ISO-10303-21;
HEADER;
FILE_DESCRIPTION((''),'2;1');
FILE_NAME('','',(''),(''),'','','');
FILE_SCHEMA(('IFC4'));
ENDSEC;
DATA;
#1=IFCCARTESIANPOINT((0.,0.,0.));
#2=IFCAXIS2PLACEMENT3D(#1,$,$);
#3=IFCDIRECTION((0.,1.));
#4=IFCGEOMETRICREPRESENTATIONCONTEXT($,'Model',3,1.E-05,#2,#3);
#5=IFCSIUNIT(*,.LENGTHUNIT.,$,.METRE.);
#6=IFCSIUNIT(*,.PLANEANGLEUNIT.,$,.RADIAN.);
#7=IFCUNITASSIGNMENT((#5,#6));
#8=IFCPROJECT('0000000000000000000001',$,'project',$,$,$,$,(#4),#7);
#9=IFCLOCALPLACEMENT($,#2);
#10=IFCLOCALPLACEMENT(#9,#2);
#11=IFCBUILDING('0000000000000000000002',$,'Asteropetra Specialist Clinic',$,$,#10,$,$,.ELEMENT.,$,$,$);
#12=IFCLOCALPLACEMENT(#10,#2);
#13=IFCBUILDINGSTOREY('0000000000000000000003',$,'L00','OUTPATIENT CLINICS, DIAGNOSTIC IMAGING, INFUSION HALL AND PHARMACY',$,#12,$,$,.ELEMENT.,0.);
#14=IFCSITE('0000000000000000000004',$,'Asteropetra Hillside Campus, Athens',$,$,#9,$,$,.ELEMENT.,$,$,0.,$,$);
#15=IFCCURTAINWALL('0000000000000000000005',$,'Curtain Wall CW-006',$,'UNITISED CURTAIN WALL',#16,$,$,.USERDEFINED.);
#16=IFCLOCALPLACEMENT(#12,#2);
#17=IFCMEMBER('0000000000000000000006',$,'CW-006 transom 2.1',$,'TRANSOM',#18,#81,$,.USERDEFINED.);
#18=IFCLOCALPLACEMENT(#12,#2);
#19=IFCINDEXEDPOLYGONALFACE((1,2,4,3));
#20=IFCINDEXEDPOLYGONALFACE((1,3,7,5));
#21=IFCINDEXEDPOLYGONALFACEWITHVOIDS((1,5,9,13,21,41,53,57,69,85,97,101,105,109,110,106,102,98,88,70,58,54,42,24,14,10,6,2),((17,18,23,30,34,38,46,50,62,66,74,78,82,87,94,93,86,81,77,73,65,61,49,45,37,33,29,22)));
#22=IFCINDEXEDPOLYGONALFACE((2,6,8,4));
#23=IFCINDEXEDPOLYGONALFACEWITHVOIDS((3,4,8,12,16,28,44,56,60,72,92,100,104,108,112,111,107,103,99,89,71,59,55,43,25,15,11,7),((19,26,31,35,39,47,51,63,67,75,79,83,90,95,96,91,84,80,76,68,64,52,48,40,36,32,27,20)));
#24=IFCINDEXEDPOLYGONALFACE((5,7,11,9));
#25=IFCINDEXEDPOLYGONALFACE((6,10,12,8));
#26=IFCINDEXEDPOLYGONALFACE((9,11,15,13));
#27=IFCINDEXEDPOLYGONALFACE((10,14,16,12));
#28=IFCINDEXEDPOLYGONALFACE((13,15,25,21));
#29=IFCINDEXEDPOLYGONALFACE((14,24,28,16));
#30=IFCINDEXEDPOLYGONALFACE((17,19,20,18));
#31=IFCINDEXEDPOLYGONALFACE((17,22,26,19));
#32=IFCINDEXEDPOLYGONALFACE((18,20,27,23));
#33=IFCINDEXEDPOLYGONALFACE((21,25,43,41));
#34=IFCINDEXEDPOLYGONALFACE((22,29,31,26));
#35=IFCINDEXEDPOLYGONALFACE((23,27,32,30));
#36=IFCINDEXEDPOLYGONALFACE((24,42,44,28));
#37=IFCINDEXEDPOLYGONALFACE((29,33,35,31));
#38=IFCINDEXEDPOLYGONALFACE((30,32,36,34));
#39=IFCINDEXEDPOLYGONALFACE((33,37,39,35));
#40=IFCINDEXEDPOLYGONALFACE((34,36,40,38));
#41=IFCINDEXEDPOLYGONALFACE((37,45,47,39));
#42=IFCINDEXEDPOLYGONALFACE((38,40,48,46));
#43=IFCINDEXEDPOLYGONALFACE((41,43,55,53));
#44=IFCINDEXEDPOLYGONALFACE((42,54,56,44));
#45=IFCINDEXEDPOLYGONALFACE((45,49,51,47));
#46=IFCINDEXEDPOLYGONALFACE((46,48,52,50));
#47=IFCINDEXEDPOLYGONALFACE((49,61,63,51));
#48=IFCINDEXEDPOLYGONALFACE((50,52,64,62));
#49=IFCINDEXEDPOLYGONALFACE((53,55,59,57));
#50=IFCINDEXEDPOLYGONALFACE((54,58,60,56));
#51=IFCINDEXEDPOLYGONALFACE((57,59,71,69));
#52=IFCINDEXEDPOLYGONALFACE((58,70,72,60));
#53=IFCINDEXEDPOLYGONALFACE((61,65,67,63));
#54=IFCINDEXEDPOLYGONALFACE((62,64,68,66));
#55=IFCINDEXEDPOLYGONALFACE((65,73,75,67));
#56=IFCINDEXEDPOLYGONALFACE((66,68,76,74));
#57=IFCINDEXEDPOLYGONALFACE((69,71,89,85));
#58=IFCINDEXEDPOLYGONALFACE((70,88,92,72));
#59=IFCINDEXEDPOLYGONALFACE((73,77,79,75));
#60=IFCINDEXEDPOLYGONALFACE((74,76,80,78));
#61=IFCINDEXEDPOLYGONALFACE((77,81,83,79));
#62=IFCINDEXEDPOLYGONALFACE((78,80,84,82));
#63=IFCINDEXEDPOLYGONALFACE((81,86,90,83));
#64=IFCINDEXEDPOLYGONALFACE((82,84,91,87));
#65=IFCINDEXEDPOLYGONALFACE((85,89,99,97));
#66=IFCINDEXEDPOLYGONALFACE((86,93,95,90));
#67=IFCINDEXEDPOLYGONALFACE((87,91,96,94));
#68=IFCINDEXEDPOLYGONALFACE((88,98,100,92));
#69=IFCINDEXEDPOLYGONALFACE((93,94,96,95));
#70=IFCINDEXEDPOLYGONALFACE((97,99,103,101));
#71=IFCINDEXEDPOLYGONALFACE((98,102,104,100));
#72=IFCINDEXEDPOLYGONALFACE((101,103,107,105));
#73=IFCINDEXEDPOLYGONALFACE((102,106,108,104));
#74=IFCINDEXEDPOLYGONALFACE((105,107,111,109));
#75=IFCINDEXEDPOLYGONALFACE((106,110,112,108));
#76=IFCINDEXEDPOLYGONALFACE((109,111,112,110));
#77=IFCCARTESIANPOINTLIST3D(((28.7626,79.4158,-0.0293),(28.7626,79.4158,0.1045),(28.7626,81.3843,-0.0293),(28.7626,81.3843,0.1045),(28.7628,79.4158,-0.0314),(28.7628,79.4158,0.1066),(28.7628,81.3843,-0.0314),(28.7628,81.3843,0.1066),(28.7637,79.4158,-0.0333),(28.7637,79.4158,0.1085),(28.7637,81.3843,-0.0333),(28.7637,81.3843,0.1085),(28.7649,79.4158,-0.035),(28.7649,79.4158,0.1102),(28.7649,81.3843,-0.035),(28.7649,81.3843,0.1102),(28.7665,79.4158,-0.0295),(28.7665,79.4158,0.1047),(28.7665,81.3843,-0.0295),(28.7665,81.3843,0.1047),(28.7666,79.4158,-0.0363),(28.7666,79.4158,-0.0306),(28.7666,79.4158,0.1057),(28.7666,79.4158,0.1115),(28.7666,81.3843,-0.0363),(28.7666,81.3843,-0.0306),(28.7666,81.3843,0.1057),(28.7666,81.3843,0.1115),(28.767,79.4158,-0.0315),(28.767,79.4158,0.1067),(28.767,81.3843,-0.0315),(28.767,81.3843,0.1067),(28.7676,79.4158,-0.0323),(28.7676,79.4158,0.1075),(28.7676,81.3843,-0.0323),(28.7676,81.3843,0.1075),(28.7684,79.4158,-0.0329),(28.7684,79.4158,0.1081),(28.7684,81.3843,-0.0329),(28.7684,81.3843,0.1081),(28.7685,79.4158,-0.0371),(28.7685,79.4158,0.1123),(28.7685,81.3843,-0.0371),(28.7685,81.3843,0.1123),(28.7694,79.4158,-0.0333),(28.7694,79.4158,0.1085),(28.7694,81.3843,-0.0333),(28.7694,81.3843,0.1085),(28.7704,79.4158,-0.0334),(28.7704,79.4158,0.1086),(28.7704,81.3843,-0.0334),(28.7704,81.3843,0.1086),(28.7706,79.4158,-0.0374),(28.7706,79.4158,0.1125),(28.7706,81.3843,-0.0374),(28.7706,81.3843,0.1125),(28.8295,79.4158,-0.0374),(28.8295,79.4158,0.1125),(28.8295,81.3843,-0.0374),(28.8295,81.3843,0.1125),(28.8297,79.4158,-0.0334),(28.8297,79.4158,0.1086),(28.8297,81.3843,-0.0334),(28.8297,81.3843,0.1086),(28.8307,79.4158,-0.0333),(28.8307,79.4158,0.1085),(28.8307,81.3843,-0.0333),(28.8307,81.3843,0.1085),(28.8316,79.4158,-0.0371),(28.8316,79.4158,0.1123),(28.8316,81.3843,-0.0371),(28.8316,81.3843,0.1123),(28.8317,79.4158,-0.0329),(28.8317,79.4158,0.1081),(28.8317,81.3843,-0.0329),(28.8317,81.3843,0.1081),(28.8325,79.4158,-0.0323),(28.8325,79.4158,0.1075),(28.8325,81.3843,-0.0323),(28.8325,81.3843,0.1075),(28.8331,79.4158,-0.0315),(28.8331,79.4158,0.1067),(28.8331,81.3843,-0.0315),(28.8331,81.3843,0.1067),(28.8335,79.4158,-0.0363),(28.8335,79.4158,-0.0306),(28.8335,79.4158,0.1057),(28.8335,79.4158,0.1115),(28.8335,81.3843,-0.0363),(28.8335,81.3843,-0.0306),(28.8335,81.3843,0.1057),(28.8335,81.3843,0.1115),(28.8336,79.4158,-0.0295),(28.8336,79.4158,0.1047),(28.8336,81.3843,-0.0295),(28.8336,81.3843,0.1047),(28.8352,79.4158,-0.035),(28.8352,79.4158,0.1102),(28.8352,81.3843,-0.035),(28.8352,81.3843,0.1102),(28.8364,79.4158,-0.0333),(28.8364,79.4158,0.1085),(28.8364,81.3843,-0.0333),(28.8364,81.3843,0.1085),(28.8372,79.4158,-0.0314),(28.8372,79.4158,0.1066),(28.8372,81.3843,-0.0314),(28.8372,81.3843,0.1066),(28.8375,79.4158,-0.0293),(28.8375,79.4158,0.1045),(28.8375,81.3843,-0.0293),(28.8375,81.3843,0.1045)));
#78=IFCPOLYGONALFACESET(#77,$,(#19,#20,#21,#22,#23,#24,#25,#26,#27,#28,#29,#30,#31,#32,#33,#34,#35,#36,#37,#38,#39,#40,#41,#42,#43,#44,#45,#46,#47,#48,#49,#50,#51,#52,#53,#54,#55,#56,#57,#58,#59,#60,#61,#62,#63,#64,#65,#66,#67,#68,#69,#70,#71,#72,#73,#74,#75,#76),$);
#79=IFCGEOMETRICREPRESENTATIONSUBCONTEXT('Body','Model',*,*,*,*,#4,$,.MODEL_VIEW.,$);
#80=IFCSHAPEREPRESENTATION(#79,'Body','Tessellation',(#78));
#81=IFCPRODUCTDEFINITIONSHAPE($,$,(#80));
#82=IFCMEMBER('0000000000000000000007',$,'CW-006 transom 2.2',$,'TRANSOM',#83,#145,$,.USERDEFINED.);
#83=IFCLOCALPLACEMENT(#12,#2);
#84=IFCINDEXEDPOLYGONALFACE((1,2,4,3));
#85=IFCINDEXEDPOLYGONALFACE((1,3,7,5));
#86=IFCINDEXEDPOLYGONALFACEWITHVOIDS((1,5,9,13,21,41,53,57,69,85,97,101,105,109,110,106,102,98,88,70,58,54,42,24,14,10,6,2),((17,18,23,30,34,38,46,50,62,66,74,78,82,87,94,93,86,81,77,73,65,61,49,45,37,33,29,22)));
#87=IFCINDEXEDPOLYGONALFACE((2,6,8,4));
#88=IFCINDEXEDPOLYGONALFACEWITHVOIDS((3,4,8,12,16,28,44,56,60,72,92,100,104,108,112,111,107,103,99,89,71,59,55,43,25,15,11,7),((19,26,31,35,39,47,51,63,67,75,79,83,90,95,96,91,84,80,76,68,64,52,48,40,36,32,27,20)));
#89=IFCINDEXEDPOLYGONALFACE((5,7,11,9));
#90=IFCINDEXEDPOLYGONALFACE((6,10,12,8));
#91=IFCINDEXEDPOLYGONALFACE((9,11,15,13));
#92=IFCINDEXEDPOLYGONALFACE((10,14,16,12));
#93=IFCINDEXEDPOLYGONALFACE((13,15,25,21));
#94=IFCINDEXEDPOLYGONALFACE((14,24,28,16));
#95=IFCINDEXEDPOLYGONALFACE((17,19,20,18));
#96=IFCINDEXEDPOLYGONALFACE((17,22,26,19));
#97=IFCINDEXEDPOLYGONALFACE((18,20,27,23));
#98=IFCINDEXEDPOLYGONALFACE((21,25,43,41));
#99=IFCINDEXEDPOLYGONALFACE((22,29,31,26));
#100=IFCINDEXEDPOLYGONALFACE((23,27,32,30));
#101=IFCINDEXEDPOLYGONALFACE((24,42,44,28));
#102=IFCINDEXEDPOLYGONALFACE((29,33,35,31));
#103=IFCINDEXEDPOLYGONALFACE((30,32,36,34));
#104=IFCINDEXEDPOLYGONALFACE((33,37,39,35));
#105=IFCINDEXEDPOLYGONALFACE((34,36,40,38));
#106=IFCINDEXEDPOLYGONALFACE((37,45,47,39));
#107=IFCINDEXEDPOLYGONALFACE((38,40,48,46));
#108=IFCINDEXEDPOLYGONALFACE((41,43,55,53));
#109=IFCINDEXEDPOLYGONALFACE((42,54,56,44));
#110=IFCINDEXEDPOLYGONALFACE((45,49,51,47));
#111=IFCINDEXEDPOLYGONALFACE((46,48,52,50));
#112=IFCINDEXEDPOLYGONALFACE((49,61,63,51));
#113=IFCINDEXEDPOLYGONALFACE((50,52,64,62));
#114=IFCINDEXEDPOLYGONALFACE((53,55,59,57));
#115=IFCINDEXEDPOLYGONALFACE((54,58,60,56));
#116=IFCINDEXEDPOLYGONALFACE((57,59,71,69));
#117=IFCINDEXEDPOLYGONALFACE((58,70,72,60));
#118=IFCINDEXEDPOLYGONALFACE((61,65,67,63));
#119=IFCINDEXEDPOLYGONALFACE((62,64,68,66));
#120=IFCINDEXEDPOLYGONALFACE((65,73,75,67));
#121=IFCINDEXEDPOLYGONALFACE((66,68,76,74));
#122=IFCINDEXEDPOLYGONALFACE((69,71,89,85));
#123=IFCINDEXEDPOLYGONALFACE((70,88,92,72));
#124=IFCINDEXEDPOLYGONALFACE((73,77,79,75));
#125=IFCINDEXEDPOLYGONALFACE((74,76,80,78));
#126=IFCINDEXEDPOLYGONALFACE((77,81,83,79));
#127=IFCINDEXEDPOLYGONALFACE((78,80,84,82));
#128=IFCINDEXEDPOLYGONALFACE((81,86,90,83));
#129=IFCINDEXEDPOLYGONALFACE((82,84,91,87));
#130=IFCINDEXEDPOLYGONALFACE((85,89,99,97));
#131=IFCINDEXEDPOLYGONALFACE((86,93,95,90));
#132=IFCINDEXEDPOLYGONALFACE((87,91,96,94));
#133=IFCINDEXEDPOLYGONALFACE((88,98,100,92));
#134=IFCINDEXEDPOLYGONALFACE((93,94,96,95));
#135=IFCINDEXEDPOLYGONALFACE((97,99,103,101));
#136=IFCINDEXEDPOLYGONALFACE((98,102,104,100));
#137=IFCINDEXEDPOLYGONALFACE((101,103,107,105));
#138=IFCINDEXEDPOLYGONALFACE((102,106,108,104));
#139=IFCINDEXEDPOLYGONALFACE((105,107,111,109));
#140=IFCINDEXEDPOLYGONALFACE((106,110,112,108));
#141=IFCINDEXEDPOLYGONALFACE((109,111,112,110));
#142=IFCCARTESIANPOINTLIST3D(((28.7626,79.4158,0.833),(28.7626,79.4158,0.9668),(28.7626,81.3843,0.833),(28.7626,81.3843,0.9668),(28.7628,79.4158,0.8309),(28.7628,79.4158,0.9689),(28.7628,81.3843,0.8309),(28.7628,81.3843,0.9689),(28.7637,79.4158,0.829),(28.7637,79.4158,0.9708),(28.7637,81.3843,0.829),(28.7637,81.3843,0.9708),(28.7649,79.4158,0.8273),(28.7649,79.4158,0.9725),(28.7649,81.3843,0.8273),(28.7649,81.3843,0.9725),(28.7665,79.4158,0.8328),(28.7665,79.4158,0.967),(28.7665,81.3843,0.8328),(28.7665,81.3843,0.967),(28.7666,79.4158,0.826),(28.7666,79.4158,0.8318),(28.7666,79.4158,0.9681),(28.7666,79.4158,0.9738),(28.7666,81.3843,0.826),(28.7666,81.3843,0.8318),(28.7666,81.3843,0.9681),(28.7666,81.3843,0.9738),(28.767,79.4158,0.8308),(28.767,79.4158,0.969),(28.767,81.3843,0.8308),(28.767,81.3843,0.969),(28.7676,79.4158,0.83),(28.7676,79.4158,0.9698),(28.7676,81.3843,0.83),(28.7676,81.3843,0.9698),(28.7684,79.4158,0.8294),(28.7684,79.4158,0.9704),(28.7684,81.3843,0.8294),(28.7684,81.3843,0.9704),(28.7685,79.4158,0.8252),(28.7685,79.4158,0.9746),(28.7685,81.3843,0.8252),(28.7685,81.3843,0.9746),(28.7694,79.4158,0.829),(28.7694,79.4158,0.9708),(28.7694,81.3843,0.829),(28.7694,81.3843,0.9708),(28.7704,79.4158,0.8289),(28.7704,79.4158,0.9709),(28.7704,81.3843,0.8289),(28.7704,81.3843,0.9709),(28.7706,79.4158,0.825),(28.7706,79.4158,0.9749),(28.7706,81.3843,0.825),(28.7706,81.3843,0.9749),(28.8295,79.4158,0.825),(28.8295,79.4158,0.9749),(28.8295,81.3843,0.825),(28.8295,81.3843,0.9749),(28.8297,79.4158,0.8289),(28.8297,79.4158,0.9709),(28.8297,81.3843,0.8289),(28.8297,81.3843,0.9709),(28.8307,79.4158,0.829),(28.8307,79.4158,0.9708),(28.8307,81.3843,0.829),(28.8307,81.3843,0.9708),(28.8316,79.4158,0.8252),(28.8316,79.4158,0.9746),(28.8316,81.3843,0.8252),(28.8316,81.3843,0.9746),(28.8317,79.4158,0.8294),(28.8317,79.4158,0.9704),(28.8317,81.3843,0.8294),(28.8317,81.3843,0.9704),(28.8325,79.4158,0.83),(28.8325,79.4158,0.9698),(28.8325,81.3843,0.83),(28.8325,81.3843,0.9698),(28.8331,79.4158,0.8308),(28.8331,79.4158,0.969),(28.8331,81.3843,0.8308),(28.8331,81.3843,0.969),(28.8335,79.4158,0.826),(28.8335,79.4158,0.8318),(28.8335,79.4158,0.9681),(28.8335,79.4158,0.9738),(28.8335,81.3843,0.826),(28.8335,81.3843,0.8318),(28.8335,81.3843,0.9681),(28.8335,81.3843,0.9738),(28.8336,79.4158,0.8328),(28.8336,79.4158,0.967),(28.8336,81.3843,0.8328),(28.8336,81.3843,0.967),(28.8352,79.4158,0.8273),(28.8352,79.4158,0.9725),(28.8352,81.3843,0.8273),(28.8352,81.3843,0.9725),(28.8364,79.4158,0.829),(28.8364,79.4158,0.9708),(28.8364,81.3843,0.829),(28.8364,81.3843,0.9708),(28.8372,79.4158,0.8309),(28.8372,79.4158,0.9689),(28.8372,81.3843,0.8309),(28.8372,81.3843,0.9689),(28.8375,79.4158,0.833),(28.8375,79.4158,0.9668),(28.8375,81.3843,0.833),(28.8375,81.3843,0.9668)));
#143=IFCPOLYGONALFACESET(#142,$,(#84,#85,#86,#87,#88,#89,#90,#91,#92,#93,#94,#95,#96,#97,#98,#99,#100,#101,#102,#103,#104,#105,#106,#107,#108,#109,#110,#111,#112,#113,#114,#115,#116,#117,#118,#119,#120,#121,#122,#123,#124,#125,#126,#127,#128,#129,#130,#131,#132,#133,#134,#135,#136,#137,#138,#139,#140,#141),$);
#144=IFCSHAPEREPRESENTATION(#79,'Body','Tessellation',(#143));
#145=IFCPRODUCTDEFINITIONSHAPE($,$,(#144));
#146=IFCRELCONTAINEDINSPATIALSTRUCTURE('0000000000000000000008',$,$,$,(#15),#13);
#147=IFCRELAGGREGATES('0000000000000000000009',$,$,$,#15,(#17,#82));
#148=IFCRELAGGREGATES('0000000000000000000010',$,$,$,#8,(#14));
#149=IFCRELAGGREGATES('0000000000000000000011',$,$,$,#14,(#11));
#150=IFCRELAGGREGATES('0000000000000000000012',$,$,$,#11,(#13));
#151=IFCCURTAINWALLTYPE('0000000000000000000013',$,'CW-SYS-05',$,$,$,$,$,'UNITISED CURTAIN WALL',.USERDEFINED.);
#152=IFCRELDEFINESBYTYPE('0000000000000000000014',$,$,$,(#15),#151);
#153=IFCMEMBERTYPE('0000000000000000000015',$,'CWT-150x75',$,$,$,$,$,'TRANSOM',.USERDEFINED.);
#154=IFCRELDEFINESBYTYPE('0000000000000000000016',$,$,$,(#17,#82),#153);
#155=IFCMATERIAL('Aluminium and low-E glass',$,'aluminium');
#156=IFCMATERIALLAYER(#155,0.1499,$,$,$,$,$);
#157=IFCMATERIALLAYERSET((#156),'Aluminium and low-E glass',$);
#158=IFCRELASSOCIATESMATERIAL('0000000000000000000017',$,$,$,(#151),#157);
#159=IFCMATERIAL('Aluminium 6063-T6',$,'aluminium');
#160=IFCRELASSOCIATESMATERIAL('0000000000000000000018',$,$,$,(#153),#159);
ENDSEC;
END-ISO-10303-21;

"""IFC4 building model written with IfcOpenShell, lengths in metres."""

from ifc_helpers import new_model, si_unit, direction, frame, origin, origin_2d, place, context, subcontext, project, spatial, hollow_rectangle, extrude, material, layer, layer_set, material_profile, profile_set, type_object, element, aggregate, save


model = new_model("IFC4")

# Units and contexts
model_context = context("Model", 3, precision=1e-05, world=origin(), true_north=direction((0.0, 1.0)))
body_context = subcontext(model_context, "Body", "Model", "MODEL_VIEW")
ifc_project = project(units=[si_unit("LENGTHUNIT", "METRE"), si_unit("PLANEANGLEUNIT", "RADIAN")], contexts=[model_context])

# Site, building, storey
site_placement = place(None, origin())
site = spatial("IfcSite", under=ifc_project, at=site_placement, Name="Asteropetra Hillside Campus, Athens", CompositionType="ELEMENT", RefElevation=0.0)
building_placement = place(site_placement, origin())
building = spatial("IfcBuilding", under=site, at=building_placement, Name="Asteropetra Specialist Clinic", CompositionType="ELEMENT")
storey_placement = place(building_placement, origin())
storey = spatial("IfcBuildingStorey", under=building, at=storey_placement, Name="L00", Description="OUTPATIENT CLINICS, DIAGNOSTIC IMAGING, INFUSION HALL AND PHARMACY", CompositionType="ELEMENT", Elevation=0.0)

# Curtain wall, members
ifc_material_1 = material(Name="Aluminium and low-E glass", Category="aluminium")
ifc_layer_1 = layer(ifc_material_1, 0.1499)
ifc_layer_set_1 = layer_set([ifc_layer_1], Name="Aluminium and low-E glass")
curtain_wall_type_1 = type_object("IfcCurtainWallType", Name="CW-SYS-05", ElementType="UNITISED CURTAIN WALL", PredefinedType="USERDEFINED", material=ifc_layer_set_1)
curtain_wall_1_placement = place(storey_placement, origin())
curtain_wall_1 = element("IfcCurtainWall", 1, at=curtain_wall_1_placement, inside=storey, type_object=curtain_wall_type_1, Name="Curtain Wall CW-006", ObjectType="UNITISED CURTAIN WALL", PredefinedType="USERDEFINED")
ifc_material_2 = material(Name="Aluminium 6063-T6", Category="aluminium")
ifc_material_profile_1 = material_profile(ifc_material_2, hollow_rectangle(XDim=0.075, YDim=0.1499, WallThickness=0.0039, InnerFilletRadius=0.0039, OuterFilletRadius=0.0081, at=origin_2d()), Name="TRN 150x75x4.0")
ifc_profile_set_1 = profile_set([ifc_material_profile_1], Name="Aluminium 6063-T6")
member_type_1 = type_object("IfcMemberType", Name="CWT-150x75", ElementType="TRANSOM", PredefinedType="USERDEFINED", material=ifc_profile_set_1)
member_1_placement = place(storey_placement, frame((28.8, 79.4158, 0.0376), z_axis=(0.0, 1.0, 0.0), x_axis=(-1.0, 0.0, 0.0)))
member_1 = element("IfcMember", 2, at=member_1_placement, type_object=member_type_1, Name="CW-006 transom 2.1", ObjectType="TRANSOM", PredefinedType="USERDEFINED", context=body_context, shape_type="SweptSolid", body=[
    extrude(hollow_rectangle(XDim=0.075, YDim=0.1499, WallThickness=0.0039, InnerFilletRadius=0.0039, OuterFilletRadius=0.0081, at=origin_2d()), origin(), (0.0, 0.0, 1.0), 1.9685),
])
member_2_placement = place(storey_placement, frame((28.8, 79.4158, 0.8999), z_axis=(0.0, 1.0, 0.0), x_axis=(-1.0, 0.0, 0.0)))
member_2 = element("IfcMember", 3, at=member_2_placement, type_object=member_type_1, Name="CW-006 transom 2.2", ObjectType="TRANSOM", PredefinedType="USERDEFINED", context=body_context, shape_type="SweptSolid", body=[
    extrude(hollow_rectangle(XDim=0.075, YDim=0.1499, WallThickness=0.0039, InnerFilletRadius=0.0039, OuterFilletRadius=0.0081, at=origin_2d()), origin(), (0.0, 0.0, 1.0), 1.9685),
])
aggregate(curtain_wall_1, [member_1, member_2])

save(model, "model.ifc")
